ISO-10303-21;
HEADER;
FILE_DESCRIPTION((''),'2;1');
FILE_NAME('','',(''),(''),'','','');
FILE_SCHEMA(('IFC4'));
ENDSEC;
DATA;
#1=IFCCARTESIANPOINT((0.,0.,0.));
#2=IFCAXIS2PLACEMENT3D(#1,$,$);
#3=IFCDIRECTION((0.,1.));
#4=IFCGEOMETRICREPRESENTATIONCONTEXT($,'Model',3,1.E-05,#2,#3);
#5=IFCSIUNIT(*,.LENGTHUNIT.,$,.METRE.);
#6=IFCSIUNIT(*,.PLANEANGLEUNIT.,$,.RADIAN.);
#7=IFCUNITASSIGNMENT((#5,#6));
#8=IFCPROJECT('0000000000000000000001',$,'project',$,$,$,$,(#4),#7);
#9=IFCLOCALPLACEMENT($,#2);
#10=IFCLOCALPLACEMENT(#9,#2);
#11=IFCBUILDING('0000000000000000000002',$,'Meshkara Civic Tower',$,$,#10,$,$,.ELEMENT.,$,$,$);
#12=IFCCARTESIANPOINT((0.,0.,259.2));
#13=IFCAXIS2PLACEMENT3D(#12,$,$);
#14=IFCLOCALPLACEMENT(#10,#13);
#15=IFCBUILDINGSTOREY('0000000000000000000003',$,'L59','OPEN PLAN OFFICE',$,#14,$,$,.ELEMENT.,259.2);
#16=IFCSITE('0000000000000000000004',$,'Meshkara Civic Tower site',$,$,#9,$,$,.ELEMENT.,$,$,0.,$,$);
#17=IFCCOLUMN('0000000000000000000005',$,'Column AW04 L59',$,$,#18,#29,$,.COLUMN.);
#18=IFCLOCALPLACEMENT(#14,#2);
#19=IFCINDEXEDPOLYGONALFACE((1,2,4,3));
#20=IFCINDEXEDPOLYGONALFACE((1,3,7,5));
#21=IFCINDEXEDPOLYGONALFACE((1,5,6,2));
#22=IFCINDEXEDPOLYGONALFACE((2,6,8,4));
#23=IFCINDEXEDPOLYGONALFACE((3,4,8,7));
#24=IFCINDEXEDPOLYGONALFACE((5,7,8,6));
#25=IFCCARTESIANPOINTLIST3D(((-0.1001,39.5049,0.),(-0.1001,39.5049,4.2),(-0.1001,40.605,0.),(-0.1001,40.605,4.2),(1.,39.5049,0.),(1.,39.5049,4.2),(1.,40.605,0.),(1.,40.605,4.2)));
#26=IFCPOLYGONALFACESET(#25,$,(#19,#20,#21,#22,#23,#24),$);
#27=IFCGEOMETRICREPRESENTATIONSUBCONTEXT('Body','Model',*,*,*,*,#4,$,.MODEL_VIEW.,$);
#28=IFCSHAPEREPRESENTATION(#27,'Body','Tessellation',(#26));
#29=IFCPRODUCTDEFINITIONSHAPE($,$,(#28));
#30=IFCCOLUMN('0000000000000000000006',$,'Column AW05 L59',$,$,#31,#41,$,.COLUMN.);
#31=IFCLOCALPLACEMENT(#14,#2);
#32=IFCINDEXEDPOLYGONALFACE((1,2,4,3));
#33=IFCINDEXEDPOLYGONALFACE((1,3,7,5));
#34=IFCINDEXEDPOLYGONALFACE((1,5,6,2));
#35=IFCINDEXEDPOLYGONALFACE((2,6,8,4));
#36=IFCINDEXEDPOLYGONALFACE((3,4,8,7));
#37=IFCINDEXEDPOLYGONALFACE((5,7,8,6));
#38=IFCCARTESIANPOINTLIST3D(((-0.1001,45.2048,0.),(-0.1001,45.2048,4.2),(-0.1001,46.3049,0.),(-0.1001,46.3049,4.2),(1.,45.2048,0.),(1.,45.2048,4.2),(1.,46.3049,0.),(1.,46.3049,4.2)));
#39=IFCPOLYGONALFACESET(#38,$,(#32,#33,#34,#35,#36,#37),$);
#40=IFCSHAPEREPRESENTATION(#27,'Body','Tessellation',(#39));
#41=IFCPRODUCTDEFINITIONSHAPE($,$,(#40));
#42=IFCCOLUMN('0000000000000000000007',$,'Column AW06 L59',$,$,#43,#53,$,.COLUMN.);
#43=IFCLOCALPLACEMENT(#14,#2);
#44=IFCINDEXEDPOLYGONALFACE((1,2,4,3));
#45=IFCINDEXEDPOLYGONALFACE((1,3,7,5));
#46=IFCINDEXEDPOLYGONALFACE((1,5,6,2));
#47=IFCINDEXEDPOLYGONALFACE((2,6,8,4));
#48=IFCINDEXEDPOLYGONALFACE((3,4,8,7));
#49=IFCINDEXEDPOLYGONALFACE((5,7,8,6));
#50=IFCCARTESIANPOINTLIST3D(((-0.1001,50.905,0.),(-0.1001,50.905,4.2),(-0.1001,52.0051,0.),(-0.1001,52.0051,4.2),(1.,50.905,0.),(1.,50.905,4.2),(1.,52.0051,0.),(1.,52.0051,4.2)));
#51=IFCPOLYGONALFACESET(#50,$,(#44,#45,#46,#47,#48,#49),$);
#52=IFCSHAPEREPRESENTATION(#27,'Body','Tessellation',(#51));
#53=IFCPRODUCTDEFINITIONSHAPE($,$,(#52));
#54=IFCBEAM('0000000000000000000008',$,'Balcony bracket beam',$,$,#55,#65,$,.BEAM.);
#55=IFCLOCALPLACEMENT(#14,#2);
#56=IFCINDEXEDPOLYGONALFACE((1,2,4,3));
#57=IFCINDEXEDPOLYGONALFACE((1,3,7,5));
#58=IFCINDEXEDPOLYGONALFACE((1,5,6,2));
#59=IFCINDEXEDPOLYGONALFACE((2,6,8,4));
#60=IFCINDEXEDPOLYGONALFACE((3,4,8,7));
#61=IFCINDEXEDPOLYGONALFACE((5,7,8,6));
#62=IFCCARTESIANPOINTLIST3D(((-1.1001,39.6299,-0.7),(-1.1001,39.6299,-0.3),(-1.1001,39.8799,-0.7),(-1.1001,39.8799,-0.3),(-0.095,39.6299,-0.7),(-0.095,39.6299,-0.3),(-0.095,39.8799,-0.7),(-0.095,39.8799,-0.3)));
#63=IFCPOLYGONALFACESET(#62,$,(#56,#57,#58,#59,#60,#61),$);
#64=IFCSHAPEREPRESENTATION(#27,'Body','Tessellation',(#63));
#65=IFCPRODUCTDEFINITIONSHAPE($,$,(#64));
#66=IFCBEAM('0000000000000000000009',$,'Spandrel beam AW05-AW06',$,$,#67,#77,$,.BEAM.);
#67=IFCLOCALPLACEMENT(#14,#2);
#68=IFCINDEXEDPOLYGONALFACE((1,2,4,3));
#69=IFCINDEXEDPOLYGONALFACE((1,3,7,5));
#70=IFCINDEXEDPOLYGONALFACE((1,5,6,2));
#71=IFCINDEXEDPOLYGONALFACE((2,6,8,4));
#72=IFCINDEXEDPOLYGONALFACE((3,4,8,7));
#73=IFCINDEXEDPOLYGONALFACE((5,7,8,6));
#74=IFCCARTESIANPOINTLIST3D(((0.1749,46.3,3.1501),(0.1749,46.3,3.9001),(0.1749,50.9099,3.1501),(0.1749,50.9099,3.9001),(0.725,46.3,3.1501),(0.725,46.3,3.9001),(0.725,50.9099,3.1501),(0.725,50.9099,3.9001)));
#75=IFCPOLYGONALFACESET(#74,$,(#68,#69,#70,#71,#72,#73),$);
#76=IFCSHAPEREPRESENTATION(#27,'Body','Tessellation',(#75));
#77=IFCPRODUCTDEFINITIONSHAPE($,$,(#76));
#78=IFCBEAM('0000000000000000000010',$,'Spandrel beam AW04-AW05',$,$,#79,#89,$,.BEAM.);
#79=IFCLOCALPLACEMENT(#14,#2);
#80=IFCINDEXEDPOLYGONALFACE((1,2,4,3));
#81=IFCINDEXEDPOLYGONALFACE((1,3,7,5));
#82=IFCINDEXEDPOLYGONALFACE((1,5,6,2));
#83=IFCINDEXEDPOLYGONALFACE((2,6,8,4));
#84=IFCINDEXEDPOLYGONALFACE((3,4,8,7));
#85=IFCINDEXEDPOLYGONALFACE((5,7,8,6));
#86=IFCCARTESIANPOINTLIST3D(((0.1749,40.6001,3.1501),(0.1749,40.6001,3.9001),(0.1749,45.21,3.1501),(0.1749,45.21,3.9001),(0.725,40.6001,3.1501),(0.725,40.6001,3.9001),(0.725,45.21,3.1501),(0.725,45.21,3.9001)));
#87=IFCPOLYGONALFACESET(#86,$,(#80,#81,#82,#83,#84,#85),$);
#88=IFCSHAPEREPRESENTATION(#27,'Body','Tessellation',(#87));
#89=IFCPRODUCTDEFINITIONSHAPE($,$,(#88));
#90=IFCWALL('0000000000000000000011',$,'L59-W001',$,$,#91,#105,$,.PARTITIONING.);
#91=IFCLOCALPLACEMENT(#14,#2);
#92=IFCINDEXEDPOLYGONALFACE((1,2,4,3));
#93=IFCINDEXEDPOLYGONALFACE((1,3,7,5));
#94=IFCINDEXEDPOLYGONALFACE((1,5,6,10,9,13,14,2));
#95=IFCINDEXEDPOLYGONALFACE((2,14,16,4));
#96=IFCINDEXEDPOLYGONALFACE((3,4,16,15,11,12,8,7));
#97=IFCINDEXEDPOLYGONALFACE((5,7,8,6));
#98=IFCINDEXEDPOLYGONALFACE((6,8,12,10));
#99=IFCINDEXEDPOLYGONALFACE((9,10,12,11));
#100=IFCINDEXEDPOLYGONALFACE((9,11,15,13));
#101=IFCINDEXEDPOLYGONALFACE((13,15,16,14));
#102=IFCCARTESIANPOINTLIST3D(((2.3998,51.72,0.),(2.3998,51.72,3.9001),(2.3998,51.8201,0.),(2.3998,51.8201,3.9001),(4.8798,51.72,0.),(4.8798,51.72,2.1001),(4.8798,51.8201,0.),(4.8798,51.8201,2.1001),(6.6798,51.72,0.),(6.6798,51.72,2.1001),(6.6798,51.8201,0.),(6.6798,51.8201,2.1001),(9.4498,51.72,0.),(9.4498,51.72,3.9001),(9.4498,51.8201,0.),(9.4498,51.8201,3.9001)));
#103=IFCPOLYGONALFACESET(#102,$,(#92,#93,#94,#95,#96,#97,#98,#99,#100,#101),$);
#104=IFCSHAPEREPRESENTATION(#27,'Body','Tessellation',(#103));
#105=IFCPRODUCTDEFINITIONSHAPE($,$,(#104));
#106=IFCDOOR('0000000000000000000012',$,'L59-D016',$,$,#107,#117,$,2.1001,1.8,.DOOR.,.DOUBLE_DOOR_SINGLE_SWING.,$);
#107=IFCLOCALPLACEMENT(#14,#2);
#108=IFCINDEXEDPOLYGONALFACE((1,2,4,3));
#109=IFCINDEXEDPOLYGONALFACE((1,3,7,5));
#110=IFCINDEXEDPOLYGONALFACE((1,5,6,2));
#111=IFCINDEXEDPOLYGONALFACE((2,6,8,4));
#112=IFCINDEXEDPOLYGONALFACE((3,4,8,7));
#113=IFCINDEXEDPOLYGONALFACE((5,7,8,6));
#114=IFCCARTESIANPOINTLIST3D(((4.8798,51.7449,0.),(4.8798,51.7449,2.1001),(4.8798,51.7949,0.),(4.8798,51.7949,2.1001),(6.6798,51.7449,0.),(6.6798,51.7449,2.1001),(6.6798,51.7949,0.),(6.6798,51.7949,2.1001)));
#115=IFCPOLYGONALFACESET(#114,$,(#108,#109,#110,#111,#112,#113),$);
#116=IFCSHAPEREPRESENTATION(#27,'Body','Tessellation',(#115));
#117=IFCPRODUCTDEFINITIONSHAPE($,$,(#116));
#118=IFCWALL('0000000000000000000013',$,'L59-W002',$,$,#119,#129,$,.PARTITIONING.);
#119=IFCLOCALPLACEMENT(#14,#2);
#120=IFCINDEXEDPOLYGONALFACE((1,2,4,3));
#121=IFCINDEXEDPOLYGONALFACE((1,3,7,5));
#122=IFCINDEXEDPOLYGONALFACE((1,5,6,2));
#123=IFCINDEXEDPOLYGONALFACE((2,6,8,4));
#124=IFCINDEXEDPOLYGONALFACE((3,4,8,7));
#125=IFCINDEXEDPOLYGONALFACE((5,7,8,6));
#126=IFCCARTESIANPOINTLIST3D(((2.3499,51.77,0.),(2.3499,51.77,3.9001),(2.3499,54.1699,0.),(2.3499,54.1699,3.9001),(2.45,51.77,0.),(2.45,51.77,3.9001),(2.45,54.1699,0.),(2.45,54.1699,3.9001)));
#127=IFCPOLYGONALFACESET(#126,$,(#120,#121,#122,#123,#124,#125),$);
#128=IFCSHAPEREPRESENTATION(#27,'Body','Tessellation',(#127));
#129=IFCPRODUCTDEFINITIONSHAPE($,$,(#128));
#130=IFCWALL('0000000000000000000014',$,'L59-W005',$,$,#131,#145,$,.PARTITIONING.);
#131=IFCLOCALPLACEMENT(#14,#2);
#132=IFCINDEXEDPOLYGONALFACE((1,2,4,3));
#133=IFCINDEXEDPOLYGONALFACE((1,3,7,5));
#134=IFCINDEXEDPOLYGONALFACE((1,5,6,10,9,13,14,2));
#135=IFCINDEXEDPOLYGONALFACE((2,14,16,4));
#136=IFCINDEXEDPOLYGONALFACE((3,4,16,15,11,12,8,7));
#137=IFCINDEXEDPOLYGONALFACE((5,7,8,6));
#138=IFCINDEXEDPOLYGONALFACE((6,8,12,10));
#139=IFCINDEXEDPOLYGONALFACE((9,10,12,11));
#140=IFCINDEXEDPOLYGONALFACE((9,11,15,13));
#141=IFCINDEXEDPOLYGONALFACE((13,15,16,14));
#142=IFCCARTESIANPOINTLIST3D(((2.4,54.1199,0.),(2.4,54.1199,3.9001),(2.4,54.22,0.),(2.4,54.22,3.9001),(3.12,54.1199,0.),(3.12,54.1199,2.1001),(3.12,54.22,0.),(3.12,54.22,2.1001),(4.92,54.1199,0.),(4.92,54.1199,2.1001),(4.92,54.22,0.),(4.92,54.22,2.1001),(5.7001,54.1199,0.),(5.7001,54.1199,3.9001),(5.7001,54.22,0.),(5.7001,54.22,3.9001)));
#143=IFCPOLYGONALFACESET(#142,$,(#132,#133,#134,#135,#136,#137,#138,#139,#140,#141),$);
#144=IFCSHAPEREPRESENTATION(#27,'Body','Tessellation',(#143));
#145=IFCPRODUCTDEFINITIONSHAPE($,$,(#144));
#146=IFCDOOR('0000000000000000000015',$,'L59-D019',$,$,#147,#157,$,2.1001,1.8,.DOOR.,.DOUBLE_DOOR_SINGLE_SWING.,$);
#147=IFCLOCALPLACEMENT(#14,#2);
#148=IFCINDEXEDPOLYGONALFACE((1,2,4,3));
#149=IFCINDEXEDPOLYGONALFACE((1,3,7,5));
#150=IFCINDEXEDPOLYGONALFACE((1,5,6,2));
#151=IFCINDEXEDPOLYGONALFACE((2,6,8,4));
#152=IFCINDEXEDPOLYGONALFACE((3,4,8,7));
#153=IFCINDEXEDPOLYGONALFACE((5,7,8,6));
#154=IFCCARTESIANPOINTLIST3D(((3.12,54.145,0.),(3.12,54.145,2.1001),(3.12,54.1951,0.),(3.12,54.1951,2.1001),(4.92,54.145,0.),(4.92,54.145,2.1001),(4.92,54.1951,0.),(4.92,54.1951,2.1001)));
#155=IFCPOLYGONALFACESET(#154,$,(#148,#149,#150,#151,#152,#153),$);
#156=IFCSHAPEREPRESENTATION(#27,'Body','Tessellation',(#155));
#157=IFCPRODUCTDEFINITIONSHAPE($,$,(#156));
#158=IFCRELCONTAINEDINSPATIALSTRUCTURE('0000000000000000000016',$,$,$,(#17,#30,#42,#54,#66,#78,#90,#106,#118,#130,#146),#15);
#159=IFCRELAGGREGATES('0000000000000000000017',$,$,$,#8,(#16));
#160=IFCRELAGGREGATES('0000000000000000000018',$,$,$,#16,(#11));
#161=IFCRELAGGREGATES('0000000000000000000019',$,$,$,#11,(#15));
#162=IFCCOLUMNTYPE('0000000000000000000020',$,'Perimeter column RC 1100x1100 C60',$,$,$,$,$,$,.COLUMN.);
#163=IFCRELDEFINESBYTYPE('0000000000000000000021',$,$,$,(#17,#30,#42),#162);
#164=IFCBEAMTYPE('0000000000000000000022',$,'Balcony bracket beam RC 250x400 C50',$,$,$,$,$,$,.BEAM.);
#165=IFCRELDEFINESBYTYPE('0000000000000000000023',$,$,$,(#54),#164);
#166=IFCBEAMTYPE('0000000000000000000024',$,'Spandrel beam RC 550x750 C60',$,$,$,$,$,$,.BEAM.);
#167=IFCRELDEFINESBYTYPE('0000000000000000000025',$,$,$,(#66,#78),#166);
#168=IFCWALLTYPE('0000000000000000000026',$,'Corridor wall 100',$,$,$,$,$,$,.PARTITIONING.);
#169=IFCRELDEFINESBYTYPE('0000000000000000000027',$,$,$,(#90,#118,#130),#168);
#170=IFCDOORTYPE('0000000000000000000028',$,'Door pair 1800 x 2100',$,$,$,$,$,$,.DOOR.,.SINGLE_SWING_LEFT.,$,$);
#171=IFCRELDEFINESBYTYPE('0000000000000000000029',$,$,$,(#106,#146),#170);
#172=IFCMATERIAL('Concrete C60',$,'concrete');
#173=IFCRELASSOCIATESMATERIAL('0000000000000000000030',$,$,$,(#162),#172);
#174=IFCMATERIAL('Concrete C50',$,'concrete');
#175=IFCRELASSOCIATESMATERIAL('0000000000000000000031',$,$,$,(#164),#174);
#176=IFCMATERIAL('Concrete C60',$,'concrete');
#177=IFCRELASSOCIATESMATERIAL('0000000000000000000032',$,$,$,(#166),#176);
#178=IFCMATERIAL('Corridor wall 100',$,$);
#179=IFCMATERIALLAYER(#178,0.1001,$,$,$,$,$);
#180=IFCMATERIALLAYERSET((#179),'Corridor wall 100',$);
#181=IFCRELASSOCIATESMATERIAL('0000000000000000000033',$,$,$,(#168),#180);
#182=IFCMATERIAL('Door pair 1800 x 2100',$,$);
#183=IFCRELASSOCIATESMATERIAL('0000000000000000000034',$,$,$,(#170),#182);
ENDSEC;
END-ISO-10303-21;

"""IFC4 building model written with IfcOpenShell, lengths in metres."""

from ifc_helpers import new_model, si_unit, direction, frame, frame_2d, origin, origin_2d, place, context, subcontext, project, spatial, rectangle, extrude, material, layer, layer_set, material_profile, profile_set, type_object, element, fill, save


model = new_model("IFC4")

# Units and contexts
model_context = context("Model", 3, precision=1e-05, world=origin(), true_north=direction((0.0, 1.0)))
body_context = subcontext(model_context, "Body", "Model", "MODEL_VIEW")
ifc_project = project(units=[si_unit("LENGTHUNIT", "METRE"), si_unit("PLANEANGLEUNIT", "RADIAN")], contexts=[model_context])

# Site, building, storey
site_placement = place(None, origin())
site = spatial("IfcSite", under=ifc_project, at=site_placement, Name="Meshkara Civic Tower site", CompositionType="ELEMENT", RefElevation=0.0)
building_placement = place(site_placement, origin())
building = spatial("IfcBuilding", under=site, at=building_placement, Name="Meshkara Civic Tower", CompositionType="ELEMENT")
storey_placement = place(building_placement, frame((0.0, 0.0, 259.2)))
storey = spatial("IfcBuildingStorey", under=building, at=storey_placement, Name="L59", Description="OPEN PLAN OFFICE", CompositionType="ELEMENT", Elevation=259.2)

# Columns
ifc_material_1 = material(Name="Concrete C60", Category="concrete")
ifc_material_profile_1 = material_profile(ifc_material_1, rectangle(XDim=1.1001, YDim=1.1001, at=origin_2d()))
ifc_profile_set_1 = profile_set([ifc_material_profile_1], Name="Concrete C60")
column_type = type_object("IfcColumnType", Name="Perimeter column RC 1100x1100 C60", PredefinedType="COLUMN", material=ifc_profile_set_1)
for number, where, z_axis, x_axis, name in (
    (1, (0.45, 40.0549, 0.0), (0.0, 0.0, 1.0), (1.0, 0.0, 0.0), "Column AW04 L59"),
    (2, (0.45, 45.7549, 0.0), (0.0, 0.0, 1.0), (1.0, 0.0, 0.0), "Column AW05 L59"),
    (3, (0.45, 51.4551, 0.0), (0.0, 0.0, 1.0), (1.0, 0.0, 0.0), "Column AW06 L59"),
):
    element("IfcColumn", number, at=place(storey_placement, frame(where, z_axis=z_axis, x_axis=x_axis)), inside=storey, type_object=column_type, Name=name, PredefinedType="COLUMN", context=body_context, shape_type="SweptSolid", body=[
        extrude(rectangle(XDim=1.1001, YDim=1.1001, at=origin_2d()), origin(), (0.0, 0.0, 1.0), 4.2),
    ])

# Beams
ifc_material_2 = material(Name="Concrete C50", Category="concrete")
ifc_material_profile_2 = material_profile(ifc_material_2, rectangle(XDim=0.25, YDim=0.3999, at=origin_2d()))
ifc_profile_set_2 = profile_set([ifc_material_profile_2], Name="Concrete C50")
beam_type_1 = type_object("IfcBeamType", Name="Balcony bracket beam RC 250x400 C50", PredefinedType="BEAM", material=ifc_profile_set_2)
beam_placement = place(storey_placement, frame((-0.095, 39.7549, -0.5), z_axis=(-1.0, 0.0, 0.0), x_axis=(0.0, -1.0, 0.0)))
element("IfcBeam", 4, at=beam_placement, inside=storey, type_object=beam_type_1, Name="Balcony bracket beam", PredefinedType="BEAM", context=body_context, shape_type="SweptSolid", body=[
    extrude(rectangle(XDim=0.25, YDim=0.3999, at=origin_2d()), origin(), (0.0, 0.0, 1.0), 1.0051),
])
ifc_material_3 = material(Name="Concrete C60", Category="concrete")
ifc_material_profile_3 = material_profile(ifc_material_3, rectangle(XDim=0.55, YDim=0.75, at=origin_2d()))
ifc_profile_set_3 = profile_set([ifc_material_profile_3], Name="Concrete C60")
beam_type_2 = type_object("IfcBeamType", Name="Spandrel beam RC 550x750 C60", PredefinedType="BEAM", material=ifc_profile_set_3)
for number, where, z_axis, x_axis, name in (
    (5, (0.45, 50.9099, 3.5251), (0.0, -1.0, 0.0), (1.0, 0.0, 0.0), "Spandrel beam AW05-AW06"),
    (6, (0.45, 45.21, 3.5251), (0.0, -1.0, 0.0), (1.0, 0.0, 0.0), "Spandrel beam AW04-AW05"),
):
    element("IfcBeam", number, at=place(storey_placement, frame(where, z_axis=z_axis, x_axis=x_axis)), inside=storey, type_object=beam_type_2, Name=name, PredefinedType="BEAM", context=body_context, shape_type="SweptSolid", body=[
        extrude(rectangle(XDim=0.55, YDim=0.75, at=origin_2d()), origin(), (0.0, 0.0, 1.0), 4.6099),
    ])

# Wall, opening, door
ifc_material_4 = material(Name="Corridor wall 100")
ifc_layer_1 = layer(ifc_material_4, 0.1001)
ifc_layer_set_1 = layer_set([ifc_layer_1], Name="Corridor wall 100")
wall_type_1 = type_object("IfcWallType", Name="Corridor wall 100", PredefinedType="PARTITIONING", material=ifc_layer_set_1)
wall_1_placement = place(storey_placement, frame((2.3999, 51.77, 0.0), z_axis=(0.0, 0.0, 1.0), x_axis=(1.0, 0.0, 0.0)))
wall_1 = element("IfcWall", 7, at=wall_1_placement, inside=storey, type_object=wall_type_1, Name="L59-W001", PredefinedType="PARTITIONING", context=body_context, shape_type="SweptSolid", body=[
    extrude(rectangle(XDim=7.05, YDim=0.1001, at=frame_2d((3.5249, 0.0))), origin(), (0.0, 0.0, 1.0), 3.9001),
])
opening_1_placement = place(wall_1_placement, frame((2.48, 0.0, 0.0)))
opening_1 = element("IfcOpeningElement", 8, at=opening_1_placement, cuts=wall_1, PredefinedType="OPENING", context=body_context, shape_type="SweptSolid", body=[
    extrude(rectangle(XDim=1.8, YDim=2.1001, at=frame_2d((0.8999, 1.05))), frame((0.0, 0.0601, 0.0), z_axis=(0.0, -1.0, 0.0), x_axis=(1.0, 0.0, 0.0)), (0.0, 0.0, 1.0), 0.1201),
])
ifc_material_5 = material(Name="Door pair 1800 x 2100")
door_type = type_object("IfcDoorType", Name="Door pair 1800 x 2100", OperationType="SINGLE_SWING_LEFT", PredefinedType="DOOR", material=ifc_material_5)
door_1_placement = place(opening_1_placement, origin())
door_1 = element("IfcDoor", 9, at=door_1_placement, inside=storey, type_object=door_type, Name="L59-D016", OperationType="DOUBLE_DOOR_SINGLE_SWING", OverallHeight=2.1001, OverallWidth=1.8, PredefinedType="DOOR", context=body_context, shape_type="SweptSolid", body=[
    extrude(rectangle(XDim=1.8, YDim=2.1001, at=frame_2d((0.8999, 1.05))), frame((0.0, 0.0249, 0.0), z_axis=(0.0, -1.0, 0.0), x_axis=(1.0, 0.0, 0.0)), (0.0, 0.0, 1.0), 0.05),
])
fill(opening_1, door_1)

# Wall
wall_2_placement = place(storey_placement, frame((2.3999, 54.1699, 0.0), z_axis=(0.0, 0.0, 1.0), x_axis=(0.0, -1.0, 0.0)))
element("IfcWall", 10, at=wall_2_placement, inside=storey, type_object=wall_type_1, Name="L59-W002", PredefinedType="PARTITIONING", context=body_context, shape_type="SweptSolid", body=[
    extrude(rectangle(XDim=2.3999, YDim=0.1001, at=frame_2d((1.2, 0.0))), origin(), (0.0, 0.0, 1.0), 3.9001),
])

# Wall, opening, door
wall_3_placement = place(storey_placement, frame((5.7, 54.1699, 0.0), z_axis=(0.0, 0.0, 1.0), x_axis=(-1.0, 0.0, 0.0)))
wall_3 = element("IfcWall", 11, at=wall_3_placement, inside=storey, type_object=wall_type_1, Name="L59-W005", PredefinedType="PARTITIONING", context=body_context, shape_type="SweptSolid", body=[
    extrude(rectangle(XDim=3.3, YDim=0.1001, at=frame_2d((1.6499, 0.0))), origin(), (0.0, 0.0, 1.0), 3.9001),
])
opening_2_placement = place(wall_3_placement, frame((0.78, 0.0, 0.0)))
opening_2 = element("IfcOpeningElement", 12, at=opening_2_placement, cuts=wall_3, PredefinedType="OPENING", context=body_context, shape_type="SweptSolid", body=[
    extrude(rectangle(XDim=1.8, YDim=2.1001, at=frame_2d((0.8999, 1.05))), frame((0.0, 0.0601, 0.0), z_axis=(0.0, -1.0, 0.0), x_axis=(1.0, 0.0, 0.0)), (0.0, 0.0, 1.0), 0.1201),
])
door_2_placement = place(opening_2_placement, origin())
door_2 = element("IfcDoor", 13, at=door_2_placement, inside=storey, type_object=door_type, Name="L59-D019", OperationType="DOUBLE_DOOR_SINGLE_SWING", OverallHeight=2.1001, OverallWidth=1.8, PredefinedType="DOOR", context=body_context, shape_type="SweptSolid", body=[
    extrude(rectangle(XDim=1.8, YDim=2.1001, at=frame_2d((0.8999, 1.05))), frame((0.0, 0.0249, 0.0), z_axis=(0.0, -1.0, 0.0), x_axis=(1.0, 0.0, 0.0)), (0.0, 0.0, 1.0), 0.05),
])
fill(opening_2, door_2)

save(model, "model.ifc")
